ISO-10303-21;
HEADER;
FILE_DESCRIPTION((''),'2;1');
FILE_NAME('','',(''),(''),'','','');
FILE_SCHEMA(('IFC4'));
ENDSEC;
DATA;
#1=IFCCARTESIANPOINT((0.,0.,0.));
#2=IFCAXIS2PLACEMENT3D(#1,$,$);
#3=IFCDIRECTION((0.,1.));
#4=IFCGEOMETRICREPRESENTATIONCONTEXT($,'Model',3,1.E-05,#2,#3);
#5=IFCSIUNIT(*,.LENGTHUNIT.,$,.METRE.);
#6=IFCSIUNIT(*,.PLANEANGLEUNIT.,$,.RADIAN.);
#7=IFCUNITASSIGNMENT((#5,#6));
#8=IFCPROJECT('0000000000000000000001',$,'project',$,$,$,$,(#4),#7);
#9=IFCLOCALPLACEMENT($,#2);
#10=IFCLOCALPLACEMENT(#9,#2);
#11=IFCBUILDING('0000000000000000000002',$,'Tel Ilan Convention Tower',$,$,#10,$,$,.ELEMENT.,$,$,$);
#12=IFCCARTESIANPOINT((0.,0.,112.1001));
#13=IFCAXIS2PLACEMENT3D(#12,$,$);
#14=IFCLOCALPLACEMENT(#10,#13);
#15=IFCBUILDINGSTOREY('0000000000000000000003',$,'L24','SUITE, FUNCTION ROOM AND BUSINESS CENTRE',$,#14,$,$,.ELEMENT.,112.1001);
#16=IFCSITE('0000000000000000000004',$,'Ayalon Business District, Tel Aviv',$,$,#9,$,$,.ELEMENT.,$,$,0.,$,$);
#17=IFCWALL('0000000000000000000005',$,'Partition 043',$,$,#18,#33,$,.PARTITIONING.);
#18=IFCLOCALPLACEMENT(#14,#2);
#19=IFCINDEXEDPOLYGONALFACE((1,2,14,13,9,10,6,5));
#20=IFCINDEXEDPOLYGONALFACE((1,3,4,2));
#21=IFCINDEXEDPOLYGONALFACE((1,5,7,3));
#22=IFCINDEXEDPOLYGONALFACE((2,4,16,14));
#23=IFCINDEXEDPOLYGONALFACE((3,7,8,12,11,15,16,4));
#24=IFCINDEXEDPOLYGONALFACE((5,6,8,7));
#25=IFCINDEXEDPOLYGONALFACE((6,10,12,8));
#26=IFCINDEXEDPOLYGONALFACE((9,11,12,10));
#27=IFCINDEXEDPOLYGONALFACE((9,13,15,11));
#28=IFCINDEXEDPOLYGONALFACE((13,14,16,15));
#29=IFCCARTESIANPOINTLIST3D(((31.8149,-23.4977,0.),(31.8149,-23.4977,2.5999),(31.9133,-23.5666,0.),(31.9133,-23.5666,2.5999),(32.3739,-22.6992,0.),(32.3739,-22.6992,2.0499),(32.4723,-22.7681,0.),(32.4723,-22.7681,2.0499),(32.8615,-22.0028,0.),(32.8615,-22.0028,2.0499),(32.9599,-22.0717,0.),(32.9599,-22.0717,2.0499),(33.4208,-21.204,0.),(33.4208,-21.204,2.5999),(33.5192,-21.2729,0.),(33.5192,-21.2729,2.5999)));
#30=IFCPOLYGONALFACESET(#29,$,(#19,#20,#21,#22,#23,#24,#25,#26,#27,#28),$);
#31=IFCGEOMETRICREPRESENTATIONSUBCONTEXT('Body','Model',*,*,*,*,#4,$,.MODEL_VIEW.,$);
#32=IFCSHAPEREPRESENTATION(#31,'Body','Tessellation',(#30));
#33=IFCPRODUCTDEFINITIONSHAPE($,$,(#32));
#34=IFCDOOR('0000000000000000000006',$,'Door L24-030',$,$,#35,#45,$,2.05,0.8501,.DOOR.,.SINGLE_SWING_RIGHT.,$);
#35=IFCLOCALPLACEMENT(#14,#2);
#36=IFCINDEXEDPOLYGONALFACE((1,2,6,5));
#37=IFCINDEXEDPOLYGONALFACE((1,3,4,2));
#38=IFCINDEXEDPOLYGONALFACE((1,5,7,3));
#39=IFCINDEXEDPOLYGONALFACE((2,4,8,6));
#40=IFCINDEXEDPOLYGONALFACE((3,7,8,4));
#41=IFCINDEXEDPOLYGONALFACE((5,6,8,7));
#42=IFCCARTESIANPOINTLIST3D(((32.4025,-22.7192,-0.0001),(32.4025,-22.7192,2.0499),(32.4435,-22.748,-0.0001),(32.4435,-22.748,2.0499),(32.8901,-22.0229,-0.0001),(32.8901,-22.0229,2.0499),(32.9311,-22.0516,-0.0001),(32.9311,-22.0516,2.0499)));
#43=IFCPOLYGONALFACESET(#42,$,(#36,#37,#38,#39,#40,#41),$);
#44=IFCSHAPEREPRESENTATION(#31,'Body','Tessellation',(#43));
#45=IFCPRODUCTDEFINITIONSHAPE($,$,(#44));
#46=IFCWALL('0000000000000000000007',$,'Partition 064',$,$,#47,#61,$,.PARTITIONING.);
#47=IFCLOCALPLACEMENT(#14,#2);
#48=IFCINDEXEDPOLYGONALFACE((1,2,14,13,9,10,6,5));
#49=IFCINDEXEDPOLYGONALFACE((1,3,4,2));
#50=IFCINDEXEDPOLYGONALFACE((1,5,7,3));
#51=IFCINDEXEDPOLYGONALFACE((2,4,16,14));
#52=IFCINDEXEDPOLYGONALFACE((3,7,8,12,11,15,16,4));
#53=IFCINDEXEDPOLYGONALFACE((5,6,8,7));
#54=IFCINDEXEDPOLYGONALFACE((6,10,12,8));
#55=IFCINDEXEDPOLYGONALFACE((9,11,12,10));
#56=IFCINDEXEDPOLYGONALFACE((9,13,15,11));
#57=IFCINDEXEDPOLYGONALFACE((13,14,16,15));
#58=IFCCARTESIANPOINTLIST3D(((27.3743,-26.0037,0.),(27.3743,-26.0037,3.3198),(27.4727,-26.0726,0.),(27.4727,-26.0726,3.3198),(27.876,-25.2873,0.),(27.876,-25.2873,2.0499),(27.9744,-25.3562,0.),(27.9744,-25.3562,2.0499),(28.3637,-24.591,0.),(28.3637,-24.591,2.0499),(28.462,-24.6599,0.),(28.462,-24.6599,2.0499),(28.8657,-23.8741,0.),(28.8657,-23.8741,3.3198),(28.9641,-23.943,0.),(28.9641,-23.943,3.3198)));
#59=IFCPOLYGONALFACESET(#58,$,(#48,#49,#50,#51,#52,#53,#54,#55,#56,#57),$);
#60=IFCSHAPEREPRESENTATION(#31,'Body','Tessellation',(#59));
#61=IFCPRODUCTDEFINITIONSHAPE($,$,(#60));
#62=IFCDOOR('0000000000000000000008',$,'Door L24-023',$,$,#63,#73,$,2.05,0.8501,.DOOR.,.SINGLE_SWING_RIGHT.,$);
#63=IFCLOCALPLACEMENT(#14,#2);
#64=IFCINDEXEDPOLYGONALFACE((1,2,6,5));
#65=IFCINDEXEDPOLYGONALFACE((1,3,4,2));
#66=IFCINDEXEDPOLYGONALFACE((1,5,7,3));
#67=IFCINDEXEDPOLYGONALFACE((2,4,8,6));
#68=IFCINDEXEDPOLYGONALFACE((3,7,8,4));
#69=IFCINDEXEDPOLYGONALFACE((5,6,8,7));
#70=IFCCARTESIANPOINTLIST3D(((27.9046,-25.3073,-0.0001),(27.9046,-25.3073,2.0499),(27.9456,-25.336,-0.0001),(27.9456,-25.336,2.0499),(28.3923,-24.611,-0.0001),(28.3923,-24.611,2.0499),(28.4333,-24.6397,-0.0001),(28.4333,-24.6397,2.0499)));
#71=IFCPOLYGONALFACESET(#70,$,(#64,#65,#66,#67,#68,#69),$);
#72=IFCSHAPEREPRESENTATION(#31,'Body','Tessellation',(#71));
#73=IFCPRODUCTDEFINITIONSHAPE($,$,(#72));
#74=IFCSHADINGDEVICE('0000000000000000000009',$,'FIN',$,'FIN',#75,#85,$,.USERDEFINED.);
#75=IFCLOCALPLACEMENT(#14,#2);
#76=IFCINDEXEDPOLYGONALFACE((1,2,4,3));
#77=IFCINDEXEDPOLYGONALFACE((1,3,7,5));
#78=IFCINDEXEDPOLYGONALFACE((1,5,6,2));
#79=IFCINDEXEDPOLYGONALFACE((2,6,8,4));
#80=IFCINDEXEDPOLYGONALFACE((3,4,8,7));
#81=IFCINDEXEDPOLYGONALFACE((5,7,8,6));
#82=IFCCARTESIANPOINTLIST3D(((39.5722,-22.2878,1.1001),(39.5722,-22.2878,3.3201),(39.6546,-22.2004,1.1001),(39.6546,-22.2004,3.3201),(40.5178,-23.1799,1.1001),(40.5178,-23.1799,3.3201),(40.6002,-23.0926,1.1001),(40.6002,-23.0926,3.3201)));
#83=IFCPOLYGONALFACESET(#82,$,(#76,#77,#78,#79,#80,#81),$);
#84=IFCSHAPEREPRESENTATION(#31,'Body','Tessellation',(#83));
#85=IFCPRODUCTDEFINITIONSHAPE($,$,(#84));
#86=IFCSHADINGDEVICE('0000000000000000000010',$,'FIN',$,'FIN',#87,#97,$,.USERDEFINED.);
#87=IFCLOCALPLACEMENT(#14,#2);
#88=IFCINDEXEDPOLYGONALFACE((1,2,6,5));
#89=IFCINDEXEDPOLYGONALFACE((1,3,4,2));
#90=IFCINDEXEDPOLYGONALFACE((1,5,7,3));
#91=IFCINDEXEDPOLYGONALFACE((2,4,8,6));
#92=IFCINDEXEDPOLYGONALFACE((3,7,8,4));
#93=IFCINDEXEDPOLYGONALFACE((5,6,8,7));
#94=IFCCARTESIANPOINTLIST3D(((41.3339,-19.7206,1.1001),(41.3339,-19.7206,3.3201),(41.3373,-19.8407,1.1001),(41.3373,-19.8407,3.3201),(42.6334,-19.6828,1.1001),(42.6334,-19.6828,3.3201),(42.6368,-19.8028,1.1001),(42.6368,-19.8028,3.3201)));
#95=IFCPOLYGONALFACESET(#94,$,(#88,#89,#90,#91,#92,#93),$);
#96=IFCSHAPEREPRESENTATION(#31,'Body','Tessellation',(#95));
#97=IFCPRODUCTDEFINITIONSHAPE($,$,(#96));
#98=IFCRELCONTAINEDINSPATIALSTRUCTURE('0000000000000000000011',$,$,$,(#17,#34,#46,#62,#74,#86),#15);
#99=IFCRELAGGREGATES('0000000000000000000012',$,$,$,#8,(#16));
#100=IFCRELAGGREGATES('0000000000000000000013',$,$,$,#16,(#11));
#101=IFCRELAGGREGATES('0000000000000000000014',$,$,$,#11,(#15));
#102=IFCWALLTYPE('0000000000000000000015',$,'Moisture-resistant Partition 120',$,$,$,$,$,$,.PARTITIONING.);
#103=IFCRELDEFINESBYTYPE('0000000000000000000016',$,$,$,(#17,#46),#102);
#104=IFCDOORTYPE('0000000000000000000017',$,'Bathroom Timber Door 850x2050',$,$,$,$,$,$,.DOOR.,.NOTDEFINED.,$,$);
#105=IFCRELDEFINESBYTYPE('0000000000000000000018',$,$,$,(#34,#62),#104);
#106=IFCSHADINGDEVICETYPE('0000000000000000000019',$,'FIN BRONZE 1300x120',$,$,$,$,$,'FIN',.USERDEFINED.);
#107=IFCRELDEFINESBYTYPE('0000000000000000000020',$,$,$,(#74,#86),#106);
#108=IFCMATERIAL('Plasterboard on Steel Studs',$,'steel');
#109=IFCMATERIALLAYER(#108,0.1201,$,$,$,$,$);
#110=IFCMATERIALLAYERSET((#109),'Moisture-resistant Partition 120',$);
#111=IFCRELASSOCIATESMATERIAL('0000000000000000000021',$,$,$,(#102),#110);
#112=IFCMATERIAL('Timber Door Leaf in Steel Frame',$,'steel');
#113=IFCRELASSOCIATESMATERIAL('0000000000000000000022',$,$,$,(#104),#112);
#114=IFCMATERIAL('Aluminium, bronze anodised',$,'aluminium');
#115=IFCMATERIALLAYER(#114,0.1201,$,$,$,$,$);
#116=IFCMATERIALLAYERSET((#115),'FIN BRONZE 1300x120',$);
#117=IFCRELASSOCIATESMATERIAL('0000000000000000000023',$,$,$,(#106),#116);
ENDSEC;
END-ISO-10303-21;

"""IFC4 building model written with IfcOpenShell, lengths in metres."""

from ifc_helpers import new_model, si_unit, direction, frame, frame_2d, origin, origin_2d, place, context, subcontext, project, spatial, rectangle, extrude, material, layer, layer_set, type_object, element, fill, save


model = new_model("IFC4")

# Units and contexts
model_context = context("Model", 3, precision=1e-05, world=origin(), true_north=direction((0.0, 1.0)))
body_context = subcontext(model_context, "Body", "Model", "MODEL_VIEW")
ifc_project = project(units=[si_unit("LENGTHUNIT", "METRE"), si_unit("PLANEANGLEUNIT", "RADIAN")], contexts=[model_context])

# Site, building, storey
site_placement = place(None, origin())
site = spatial("IfcSite", under=ifc_project, at=site_placement, Name="Ayalon Business District, Tel Aviv", CompositionType="ELEMENT", RefElevation=0.0)
building_placement = place(site_placement, origin())
building = spatial("IfcBuilding", under=site, at=building_placement, Name="Tel Ilan Convention Tower", CompositionType="ELEMENT")
storey_placement = place(building_placement, frame((0.0, 0.0, 112.1001)))
storey = spatial("IfcBuildingStorey", under=building, at=storey_placement, Name="L24", Description="SUITE, FUNCTION ROOM AND BUSINESS CENTRE", CompositionType="ELEMENT", Elevation=112.1001)

# Shared definitions
ifc_material_1 = material(Name="Plasterboard on Steel Studs", Category="steel")
ifc_layer_1 = layer(ifc_material_1, 0.1201)
ifc_layer_set_1 = layer_set([ifc_layer_1], Name="Moisture-resistant Partition 120")
wall_type_1 = type_object("IfcWallType", Name="Moisture-resistant Partition 120", PredefinedType="PARTITIONING", material=ifc_layer_set_1)

# Walls, openings, doors
wall_1_placement = place(storey_placement, frame((33.47, -21.2385, 0.0), z_axis=(0.0, 0.0, 1.0), x_axis=(-0.57355, -0.81917, 0.0)))
wall_1 = element("IfcWall", 1, at=wall_1_placement, inside=storey, type_object=wall_type_1, Name="Partition 043", PredefinedType="PARTITIONING", context=body_context, shape_type="SweptSolid", body=[
    extrude(rectangle(XDim=2.8, YDim=0.1201, at=frame_2d((1.3999, 0.0))), origin(), (0.0, 0.0, 1.0), 2.5999),
])
opening_1_placement = place(wall_1_placement, frame((0.9751, 0.0, 0.0)))
opening_1 = element("IfcOpeningElement", 2, at=opening_1_placement, cuts=wall_1, PredefinedType="OPENING", context=body_context, shape_type="SweptSolid", body=[
    extrude(rectangle(XDim=0.8501, YDim=2.05, at=frame_2d((0.425, 1.0249))), frame((0.0, 0.0701, 0.0), z_axis=(0.0, -1.0, 0.0), x_axis=(1.0, 0.0, 0.0)), (0.0, 0.0, 1.0), 0.1401),
])
ifc_material_2 = material(Name="Timber Door Leaf in Steel Frame", Category="steel")
door_type_1 = type_object("IfcDoorType", Name="Bathroom Timber Door 850x2050", OperationType="NOTDEFINED", PredefinedType="DOOR", material=ifc_material_2)
door_1_placement = place(opening_1_placement, origin())
door_1 = element("IfcDoor", 3, at=door_1_placement, inside=storey, type_object=door_type_1, Name="Door L24-030", OperationType="SINGLE_SWING_RIGHT", OverallHeight=2.05, OverallWidth=0.8501, PredefinedType="DOOR", context=body_context, shape_type="SweptSolid", body=[
    extrude(rectangle(XDim=0.8501, YDim=2.05, at=frame_2d((0.425, 1.0249))), frame((0.0, 0.0249, 0.0), z_axis=(0.0, -1.0, 0.0), x_axis=(1.0, 0.0, 0.0)), (0.0, 0.0, 1.0), 0.05),
])
fill(opening_1, door_1)
wall_2_placement = place(storey_placement, frame((28.9148, -23.9087, 0.0), z_axis=(0.0, 0.0, 1.0), x_axis=(-0.573645, -0.819104, 0.0)))
wall_2 = element("IfcWall", 4, at=wall_2_placement, inside=storey, type_object=wall_type_1, Name="Partition 064", PredefinedType="PARTITIONING", context=body_context, shape_type="SweptSolid", body=[
    extrude(rectangle(XDim=2.5999, YDim=0.1201, at=frame_2d((1.2998, 0.0))), origin(), (0.0, 0.0, 1.0), 3.3198),
])
opening_2_placement = place(wall_2_placement, frame((0.875, 0.0, 0.0)))
opening_2 = element("IfcOpeningElement", 5, at=opening_2_placement, cuts=wall_2, PredefinedType="OPENING", context=body_context, shape_type="SweptSolid", body=[
    extrude(rectangle(XDim=0.8501, YDim=2.05, at=frame_2d((0.425, 1.0249))), frame((0.0, 0.0701, 0.0), z_axis=(0.0, -1.0, 0.0), x_axis=(1.0, 0.0, 0.0)), (0.0, 0.0, 1.0), 0.1401),
])
door_2_placement = place(opening_2_placement, origin())
door_2 = element("IfcDoor", 6, at=door_2_placement, inside=storey, type_object=door_type_1, Name="Door L24-023", OperationType="SINGLE_SWING_RIGHT", OverallHeight=2.05, OverallWidth=0.8501, PredefinedType="DOOR", context=body_context, shape_type="SweptSolid", body=[
    extrude(rectangle(XDim=0.8501, YDim=2.05, at=frame_2d((0.425, 1.0249))), frame((0.0, 0.0249, 0.0), z_axis=(0.0, -1.0, 0.0), x_axis=(1.0, 0.0, 0.0)), (0.0, 0.0, 1.0), 0.05),
])
fill(opening_2, door_2)

# Shading devices
ifc_material_3 = material(Name="Aluminium, bronze anodised", Category="aluminium")
ifc_layer_2 = layer(ifc_material_3, 0.1201)
ifc_layer_set_2 = layer_set([ifc_layer_2], Name="FIN BRONZE 1300x120")
shading_device_type = type_object("IfcShadingDeviceType", Name="FIN BRONZE 1300x120", ElementType="FIN", PredefinedType="USERDEFINED", material=ifc_layer_set_2)
for number, where, z_axis, x_axis, name in (
    (7, (40.0862, -22.6902, 1.1001), (0.0, 0.0, 1.0), (0.727374, -0.686242, 0.0), "FIN"),
    (8, (41.9854, -19.7617, 1.1001), (0.0, 0.0, 1.0), (0.999577, 0.029085, 0.0), "FIN"),
):
    element("IfcShadingDevice", number, at=place(storey_placement, frame(where, z_axis=z_axis, x_axis=x_axis)), inside=storey, type_object=shading_device_type, Name=name, ObjectType="FIN", PredefinedType="USERDEFINED", context=body_context, shape_type="SweptSolid", body=[
        extrude(rectangle(XDim=1.3, YDim=0.1201, at=origin_2d()), origin(), (0.0, 0.0, 1.0), 2.22),
    ])

save(model, "model.ifc")
